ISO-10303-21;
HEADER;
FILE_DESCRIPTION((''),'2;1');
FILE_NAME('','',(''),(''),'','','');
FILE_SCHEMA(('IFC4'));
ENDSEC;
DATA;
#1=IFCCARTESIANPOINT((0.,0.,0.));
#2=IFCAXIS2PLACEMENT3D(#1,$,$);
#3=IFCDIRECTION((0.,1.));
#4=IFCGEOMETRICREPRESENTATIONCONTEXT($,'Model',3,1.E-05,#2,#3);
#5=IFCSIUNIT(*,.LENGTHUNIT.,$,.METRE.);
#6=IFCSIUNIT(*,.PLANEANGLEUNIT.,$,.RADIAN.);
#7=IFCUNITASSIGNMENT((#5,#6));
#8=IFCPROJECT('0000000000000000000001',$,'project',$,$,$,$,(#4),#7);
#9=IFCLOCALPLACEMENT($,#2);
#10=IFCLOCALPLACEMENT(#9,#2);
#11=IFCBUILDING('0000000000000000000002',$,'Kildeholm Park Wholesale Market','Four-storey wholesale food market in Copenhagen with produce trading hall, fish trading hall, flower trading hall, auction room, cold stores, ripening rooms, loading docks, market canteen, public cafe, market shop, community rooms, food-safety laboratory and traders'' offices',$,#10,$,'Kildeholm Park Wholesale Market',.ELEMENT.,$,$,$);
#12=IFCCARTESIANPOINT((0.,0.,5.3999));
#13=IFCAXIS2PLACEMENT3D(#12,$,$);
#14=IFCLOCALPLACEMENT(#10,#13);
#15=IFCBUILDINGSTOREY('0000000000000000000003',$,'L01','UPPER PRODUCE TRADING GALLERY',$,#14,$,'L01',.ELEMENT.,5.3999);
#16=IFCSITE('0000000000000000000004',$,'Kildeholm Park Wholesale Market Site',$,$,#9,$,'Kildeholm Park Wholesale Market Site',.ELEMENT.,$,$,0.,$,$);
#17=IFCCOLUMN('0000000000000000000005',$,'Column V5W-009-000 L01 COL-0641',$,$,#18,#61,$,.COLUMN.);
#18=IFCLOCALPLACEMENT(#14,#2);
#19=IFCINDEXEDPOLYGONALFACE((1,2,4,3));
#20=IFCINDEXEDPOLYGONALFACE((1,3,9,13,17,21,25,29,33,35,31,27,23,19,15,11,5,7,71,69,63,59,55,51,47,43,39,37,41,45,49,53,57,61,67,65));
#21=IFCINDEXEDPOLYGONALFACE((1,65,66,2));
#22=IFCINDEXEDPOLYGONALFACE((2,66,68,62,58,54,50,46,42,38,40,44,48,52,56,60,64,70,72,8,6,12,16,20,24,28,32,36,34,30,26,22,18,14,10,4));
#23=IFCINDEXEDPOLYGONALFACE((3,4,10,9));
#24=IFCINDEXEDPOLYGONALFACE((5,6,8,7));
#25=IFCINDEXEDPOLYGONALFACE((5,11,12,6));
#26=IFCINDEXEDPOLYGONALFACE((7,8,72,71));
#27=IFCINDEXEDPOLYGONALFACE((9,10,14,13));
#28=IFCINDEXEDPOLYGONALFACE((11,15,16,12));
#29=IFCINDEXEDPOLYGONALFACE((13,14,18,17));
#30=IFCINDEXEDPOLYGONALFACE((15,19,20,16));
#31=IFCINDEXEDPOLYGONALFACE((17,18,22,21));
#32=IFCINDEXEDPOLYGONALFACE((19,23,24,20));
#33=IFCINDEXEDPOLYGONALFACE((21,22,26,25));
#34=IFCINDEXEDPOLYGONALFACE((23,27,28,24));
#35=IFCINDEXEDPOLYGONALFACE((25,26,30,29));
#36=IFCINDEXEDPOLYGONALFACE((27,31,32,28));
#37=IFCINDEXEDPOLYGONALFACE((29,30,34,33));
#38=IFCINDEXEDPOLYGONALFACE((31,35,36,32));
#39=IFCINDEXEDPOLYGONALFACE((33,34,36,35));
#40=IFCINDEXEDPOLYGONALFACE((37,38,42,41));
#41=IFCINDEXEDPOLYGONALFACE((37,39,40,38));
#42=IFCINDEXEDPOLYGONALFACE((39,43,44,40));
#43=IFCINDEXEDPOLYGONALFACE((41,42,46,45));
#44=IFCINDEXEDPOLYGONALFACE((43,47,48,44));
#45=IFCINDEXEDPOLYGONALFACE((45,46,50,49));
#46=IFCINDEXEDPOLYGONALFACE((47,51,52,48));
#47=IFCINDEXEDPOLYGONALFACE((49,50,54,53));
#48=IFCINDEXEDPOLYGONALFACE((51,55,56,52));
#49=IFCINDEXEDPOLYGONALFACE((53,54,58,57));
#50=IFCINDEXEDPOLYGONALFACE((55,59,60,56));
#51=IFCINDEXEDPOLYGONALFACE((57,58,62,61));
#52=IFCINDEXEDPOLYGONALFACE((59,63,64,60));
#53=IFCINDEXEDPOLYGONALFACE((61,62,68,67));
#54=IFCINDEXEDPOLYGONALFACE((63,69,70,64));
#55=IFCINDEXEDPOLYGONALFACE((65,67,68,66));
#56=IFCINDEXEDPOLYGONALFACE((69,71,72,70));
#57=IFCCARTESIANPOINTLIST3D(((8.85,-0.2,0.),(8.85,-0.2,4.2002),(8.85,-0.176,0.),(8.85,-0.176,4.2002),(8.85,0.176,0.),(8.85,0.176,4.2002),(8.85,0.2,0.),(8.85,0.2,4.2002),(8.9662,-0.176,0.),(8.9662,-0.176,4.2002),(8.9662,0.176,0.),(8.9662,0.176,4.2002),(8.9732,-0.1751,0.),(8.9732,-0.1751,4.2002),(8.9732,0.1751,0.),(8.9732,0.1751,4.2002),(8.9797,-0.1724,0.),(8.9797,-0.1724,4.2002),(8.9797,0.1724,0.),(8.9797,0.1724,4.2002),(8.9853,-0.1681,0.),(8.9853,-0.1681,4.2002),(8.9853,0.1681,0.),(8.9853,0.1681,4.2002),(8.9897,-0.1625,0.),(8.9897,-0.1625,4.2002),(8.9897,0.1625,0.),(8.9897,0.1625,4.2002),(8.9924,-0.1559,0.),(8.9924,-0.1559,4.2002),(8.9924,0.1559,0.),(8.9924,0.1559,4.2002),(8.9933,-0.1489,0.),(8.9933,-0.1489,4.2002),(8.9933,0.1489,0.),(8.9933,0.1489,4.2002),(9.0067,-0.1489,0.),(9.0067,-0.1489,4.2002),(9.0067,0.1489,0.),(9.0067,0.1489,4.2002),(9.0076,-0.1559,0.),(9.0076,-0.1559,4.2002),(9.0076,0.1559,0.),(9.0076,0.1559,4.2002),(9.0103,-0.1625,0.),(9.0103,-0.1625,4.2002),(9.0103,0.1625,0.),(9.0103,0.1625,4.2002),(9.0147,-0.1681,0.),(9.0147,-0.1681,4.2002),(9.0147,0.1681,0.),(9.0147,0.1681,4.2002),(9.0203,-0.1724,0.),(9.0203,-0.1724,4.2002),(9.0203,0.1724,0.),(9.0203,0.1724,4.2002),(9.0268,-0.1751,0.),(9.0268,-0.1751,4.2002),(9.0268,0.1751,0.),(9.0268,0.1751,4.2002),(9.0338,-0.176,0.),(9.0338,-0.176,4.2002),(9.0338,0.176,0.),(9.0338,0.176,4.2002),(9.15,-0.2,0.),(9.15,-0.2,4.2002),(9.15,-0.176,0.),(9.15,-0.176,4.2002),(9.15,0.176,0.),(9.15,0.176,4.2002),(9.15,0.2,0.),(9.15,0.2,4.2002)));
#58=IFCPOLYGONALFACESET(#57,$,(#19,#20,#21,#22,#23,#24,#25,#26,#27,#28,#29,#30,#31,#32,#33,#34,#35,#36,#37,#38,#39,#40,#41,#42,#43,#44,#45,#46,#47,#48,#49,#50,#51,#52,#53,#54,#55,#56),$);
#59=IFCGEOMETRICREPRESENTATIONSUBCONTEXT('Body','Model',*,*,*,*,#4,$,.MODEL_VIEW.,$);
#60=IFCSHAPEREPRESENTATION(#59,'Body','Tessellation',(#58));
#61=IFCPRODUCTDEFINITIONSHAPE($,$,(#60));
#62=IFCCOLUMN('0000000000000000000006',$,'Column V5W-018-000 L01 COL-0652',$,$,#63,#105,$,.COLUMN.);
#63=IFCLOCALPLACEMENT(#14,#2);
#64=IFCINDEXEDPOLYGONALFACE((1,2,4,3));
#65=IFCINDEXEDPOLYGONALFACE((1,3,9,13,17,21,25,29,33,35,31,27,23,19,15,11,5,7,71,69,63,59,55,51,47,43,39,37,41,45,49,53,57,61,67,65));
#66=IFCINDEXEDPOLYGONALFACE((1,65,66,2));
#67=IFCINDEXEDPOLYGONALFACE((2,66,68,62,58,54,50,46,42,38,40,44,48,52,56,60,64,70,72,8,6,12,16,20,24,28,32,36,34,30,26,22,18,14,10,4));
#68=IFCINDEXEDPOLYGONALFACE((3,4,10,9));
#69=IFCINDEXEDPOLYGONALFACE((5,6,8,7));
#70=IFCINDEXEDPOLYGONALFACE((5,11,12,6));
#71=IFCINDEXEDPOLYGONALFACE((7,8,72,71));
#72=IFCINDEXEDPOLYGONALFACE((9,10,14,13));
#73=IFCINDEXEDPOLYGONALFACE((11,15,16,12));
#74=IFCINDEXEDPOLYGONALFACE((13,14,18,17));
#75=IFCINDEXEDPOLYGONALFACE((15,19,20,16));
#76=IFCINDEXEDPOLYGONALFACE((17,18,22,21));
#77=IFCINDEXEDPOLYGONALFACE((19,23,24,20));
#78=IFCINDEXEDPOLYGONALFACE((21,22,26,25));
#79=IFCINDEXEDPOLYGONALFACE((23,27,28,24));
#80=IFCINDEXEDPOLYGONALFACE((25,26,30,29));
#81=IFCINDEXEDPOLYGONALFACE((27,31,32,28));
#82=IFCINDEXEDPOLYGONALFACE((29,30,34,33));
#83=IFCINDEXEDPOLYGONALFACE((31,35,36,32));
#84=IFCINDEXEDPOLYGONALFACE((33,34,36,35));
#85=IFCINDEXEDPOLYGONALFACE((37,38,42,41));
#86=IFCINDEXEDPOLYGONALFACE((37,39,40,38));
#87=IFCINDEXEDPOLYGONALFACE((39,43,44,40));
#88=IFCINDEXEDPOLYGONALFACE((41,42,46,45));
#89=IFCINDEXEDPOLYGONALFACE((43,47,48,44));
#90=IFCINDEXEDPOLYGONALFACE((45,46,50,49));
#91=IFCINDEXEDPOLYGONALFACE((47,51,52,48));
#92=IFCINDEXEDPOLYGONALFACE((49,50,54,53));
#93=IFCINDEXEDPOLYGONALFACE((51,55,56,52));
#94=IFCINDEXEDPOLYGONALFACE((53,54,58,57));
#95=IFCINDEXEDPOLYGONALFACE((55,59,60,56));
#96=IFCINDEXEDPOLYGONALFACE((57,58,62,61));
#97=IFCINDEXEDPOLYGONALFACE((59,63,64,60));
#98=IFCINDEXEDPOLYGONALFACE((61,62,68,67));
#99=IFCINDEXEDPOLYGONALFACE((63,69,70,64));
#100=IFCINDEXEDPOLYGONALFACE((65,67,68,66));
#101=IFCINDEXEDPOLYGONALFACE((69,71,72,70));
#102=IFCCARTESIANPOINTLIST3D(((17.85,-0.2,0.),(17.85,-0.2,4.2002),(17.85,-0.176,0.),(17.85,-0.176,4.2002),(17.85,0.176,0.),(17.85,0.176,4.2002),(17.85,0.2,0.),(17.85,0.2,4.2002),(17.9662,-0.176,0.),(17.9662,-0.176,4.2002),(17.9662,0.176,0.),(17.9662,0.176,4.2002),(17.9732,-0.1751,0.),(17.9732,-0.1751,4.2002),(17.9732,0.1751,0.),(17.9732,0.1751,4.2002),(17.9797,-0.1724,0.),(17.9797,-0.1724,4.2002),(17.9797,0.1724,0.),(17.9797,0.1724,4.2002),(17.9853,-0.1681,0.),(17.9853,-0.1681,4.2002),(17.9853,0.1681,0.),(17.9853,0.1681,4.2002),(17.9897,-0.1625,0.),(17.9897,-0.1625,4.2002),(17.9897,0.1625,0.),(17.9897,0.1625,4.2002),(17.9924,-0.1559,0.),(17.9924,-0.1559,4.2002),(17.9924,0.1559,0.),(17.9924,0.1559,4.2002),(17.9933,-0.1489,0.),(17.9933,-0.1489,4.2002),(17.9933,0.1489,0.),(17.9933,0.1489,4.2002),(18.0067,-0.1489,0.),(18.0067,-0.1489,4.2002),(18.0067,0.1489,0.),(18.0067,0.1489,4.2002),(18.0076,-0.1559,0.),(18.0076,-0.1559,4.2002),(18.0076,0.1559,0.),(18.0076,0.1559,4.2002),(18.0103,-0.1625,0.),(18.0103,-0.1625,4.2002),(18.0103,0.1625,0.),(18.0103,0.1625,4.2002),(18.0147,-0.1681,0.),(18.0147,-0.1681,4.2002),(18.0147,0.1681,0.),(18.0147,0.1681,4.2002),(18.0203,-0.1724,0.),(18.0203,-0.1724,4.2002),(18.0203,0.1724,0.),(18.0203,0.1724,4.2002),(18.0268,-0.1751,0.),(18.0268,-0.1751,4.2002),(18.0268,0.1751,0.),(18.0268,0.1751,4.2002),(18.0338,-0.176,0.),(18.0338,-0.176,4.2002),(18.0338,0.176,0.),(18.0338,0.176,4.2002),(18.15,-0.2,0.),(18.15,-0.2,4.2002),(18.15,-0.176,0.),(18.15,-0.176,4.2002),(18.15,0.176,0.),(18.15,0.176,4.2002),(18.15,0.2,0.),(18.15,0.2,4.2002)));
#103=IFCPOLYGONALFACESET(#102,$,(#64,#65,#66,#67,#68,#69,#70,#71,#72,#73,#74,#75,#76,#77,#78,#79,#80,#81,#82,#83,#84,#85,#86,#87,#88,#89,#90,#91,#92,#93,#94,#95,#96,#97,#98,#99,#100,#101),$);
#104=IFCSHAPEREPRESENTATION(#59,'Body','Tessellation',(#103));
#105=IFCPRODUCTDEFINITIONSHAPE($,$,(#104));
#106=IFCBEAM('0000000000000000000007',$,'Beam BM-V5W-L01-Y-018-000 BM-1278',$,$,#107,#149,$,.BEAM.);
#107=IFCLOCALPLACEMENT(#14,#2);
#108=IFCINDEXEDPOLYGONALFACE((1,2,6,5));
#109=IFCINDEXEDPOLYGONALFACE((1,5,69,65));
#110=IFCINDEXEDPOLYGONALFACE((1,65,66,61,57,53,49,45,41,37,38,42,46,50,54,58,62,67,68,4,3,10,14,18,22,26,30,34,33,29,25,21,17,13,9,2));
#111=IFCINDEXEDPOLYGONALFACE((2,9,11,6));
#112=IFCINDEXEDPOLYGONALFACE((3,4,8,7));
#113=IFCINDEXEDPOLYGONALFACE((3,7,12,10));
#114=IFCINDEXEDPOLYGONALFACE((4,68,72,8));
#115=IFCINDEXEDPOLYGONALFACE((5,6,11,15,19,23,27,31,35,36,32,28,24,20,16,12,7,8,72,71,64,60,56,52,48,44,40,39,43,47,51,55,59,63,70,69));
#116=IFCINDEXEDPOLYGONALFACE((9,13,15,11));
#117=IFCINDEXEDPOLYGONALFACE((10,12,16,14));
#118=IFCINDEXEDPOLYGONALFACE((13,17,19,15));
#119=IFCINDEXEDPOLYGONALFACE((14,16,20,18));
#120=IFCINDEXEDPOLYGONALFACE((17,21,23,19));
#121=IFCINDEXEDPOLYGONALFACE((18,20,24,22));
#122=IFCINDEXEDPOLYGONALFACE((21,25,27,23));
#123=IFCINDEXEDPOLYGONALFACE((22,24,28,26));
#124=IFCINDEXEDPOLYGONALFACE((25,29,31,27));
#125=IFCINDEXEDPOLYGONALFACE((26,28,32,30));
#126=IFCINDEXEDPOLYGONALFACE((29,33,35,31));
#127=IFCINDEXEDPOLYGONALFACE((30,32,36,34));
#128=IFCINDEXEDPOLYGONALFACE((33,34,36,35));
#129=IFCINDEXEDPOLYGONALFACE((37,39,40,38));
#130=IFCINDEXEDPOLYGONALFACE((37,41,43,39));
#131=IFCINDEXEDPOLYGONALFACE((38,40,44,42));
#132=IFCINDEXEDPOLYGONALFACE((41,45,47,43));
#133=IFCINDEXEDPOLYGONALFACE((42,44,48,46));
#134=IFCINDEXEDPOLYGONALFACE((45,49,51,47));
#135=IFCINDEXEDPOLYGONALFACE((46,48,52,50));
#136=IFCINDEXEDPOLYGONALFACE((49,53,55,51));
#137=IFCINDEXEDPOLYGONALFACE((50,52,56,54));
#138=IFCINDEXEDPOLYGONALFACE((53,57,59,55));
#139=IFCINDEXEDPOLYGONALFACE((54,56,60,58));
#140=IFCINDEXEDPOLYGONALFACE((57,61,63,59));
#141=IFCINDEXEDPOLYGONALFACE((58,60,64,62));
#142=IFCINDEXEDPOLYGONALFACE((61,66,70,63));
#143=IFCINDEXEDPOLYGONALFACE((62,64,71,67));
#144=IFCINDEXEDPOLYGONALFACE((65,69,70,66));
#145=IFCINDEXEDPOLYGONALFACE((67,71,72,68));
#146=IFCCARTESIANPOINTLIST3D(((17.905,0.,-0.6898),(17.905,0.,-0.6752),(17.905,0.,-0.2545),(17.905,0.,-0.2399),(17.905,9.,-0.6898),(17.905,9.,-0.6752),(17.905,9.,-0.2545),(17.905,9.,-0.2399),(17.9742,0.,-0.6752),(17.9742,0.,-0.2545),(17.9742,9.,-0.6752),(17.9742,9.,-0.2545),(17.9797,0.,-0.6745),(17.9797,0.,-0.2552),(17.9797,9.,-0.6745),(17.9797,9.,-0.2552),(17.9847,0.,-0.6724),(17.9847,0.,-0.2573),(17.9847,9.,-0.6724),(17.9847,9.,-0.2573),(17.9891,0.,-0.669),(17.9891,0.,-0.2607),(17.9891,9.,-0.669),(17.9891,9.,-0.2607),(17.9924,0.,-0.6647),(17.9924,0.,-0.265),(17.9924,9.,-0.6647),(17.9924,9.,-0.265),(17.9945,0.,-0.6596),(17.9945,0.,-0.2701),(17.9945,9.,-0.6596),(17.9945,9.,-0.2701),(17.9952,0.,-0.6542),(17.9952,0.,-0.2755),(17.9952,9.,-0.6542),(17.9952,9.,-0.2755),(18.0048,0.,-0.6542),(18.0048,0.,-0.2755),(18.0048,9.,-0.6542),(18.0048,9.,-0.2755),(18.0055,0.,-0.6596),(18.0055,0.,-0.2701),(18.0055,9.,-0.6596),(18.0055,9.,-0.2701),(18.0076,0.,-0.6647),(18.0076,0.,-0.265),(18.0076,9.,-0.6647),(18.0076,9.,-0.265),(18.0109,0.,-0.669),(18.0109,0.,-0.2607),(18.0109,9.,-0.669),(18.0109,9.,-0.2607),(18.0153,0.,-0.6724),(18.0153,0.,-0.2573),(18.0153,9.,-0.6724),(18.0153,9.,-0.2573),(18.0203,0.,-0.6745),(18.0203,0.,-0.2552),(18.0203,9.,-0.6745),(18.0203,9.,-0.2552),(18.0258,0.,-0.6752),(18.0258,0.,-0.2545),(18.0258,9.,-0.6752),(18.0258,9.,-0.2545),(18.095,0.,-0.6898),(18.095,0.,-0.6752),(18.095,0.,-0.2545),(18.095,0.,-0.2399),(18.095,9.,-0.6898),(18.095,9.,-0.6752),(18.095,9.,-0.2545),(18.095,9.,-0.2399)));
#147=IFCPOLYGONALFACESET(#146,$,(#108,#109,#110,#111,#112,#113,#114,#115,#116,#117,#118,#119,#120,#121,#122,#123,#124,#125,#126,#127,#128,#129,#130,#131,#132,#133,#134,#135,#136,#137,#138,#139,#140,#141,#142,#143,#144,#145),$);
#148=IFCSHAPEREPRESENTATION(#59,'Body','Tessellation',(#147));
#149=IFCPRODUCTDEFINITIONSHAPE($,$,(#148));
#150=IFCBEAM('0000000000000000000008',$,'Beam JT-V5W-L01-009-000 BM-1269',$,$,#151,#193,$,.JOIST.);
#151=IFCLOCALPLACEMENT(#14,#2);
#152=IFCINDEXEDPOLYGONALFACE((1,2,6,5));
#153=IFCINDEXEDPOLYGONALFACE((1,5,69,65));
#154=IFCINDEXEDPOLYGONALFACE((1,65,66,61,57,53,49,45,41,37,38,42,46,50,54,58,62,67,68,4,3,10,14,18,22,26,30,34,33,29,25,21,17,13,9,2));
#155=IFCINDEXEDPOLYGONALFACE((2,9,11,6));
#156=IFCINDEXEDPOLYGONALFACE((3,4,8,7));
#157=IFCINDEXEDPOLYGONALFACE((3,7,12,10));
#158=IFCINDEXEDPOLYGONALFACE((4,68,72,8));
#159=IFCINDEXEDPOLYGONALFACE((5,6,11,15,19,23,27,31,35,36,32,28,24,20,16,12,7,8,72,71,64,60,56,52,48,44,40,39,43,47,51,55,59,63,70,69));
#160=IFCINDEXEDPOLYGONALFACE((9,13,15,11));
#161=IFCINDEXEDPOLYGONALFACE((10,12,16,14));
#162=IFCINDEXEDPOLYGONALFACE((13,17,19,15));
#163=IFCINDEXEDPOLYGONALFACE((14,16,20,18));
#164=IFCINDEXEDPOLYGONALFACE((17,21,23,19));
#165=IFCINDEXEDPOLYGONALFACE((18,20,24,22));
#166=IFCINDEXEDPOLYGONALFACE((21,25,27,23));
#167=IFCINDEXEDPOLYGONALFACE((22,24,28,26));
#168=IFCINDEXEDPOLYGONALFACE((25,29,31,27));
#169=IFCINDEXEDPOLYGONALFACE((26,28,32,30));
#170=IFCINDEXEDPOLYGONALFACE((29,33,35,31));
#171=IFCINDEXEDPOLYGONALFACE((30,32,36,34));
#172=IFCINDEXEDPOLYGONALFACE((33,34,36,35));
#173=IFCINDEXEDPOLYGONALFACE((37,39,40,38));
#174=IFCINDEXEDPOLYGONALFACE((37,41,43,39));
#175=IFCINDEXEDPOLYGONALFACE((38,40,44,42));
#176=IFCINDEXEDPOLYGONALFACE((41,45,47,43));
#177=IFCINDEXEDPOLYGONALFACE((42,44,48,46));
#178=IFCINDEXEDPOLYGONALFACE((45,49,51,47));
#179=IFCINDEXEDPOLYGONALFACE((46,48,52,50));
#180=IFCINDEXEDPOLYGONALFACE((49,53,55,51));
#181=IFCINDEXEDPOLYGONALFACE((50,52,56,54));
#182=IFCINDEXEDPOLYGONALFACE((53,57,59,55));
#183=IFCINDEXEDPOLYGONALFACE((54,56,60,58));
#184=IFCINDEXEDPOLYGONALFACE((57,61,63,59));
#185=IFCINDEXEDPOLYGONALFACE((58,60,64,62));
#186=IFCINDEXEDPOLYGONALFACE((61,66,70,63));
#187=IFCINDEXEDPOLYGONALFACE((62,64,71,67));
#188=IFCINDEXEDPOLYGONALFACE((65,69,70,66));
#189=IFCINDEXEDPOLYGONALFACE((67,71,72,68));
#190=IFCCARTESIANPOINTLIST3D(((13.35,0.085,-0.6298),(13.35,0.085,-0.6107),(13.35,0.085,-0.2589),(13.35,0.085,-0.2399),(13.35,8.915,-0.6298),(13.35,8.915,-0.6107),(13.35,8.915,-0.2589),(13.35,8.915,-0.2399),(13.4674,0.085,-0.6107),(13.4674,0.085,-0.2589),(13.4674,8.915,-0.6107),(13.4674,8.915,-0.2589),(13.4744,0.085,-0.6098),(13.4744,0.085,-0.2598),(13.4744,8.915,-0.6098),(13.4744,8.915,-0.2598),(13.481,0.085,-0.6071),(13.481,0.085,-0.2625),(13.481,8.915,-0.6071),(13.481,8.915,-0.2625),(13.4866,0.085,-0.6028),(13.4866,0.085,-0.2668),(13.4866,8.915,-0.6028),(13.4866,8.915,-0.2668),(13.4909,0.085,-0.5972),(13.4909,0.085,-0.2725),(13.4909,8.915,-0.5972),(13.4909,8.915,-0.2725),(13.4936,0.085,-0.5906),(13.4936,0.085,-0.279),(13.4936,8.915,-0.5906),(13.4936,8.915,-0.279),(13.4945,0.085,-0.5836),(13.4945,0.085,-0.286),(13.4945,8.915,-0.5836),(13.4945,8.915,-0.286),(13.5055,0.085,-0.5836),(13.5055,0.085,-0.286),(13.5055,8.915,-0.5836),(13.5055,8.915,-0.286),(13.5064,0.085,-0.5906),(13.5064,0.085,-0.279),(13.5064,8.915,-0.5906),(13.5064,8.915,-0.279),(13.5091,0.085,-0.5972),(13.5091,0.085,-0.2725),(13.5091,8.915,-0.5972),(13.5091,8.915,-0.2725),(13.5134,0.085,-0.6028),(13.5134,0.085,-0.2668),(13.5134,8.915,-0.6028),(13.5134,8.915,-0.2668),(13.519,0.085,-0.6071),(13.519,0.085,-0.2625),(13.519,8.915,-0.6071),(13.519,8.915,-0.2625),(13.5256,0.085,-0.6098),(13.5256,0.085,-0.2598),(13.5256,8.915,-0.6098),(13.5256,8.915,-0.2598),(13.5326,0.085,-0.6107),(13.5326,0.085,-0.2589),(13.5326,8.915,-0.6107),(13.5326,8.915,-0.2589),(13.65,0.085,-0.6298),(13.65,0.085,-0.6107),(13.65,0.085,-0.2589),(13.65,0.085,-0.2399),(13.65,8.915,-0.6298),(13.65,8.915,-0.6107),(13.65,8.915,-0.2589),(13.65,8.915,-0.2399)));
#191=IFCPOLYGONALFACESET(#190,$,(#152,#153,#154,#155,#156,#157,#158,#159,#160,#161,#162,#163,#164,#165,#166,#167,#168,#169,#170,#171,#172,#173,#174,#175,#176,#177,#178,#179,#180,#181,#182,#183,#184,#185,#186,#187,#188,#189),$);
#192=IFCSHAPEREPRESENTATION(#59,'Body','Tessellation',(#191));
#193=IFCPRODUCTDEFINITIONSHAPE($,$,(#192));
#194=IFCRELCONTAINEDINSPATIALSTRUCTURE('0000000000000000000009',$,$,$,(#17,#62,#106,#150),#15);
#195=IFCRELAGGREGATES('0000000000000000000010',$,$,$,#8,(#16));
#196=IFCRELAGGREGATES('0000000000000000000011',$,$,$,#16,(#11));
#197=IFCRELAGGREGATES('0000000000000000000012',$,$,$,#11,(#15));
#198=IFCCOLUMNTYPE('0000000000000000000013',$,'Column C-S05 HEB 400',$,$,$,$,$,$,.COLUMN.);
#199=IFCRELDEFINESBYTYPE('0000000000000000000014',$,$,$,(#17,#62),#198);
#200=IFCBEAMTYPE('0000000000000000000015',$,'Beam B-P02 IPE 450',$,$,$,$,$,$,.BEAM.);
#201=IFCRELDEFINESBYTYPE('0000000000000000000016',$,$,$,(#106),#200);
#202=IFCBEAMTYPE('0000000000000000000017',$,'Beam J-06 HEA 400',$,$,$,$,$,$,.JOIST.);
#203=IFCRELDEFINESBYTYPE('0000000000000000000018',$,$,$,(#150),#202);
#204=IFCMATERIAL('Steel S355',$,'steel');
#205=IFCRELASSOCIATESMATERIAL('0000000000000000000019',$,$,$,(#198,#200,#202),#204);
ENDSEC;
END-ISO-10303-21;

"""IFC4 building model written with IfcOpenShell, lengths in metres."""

from ifc_helpers import new_model, si_unit, direction, frame, origin, origin_2d, place, context, subcontext, project, spatial, i_section, extrude, material, material_profile, profile_set, type_object, element, save


model = new_model("IFC4")

# Units and contexts
model_context = context("Model", 3, precision=1e-05, world=origin(), true_north=direction((0.0, 1.0)))
body_context = subcontext(model_context, "Body", "Model", "MODEL_VIEW")
ifc_project = project(units=[si_unit("LENGTHUNIT", "METRE"), si_unit("PLANEANGLEUNIT", "RADIAN")], contexts=[model_context])

# Site, building, storey
site_placement = place(None, origin())
site = spatial("IfcSite", under=ifc_project, at=site_placement, Name="Kildeholm Park Wholesale Market Site", LongName="Kildeholm Park Wholesale Market Site", CompositionType="ELEMENT", RefElevation=0.0)
building_placement = place(site_placement, origin())
building = spatial("IfcBuilding", under=site, at=building_placement, Name="Kildeholm Park Wholesale Market", Description="Four-storey wholesale food market in Copenhagen with produce trading hall, fish trading hall, flower trading hall, auction room, cold stores, ripening rooms, loading docks, market canteen, public cafe, market shop, community rooms, food-safety laboratory and traders' offices", LongName="Kildeholm Park Wholesale Market", CompositionType="ELEMENT")
storey_placement = place(building_placement, frame((0.0, 0.0, 5.3999)))
storey = spatial("IfcBuildingStorey", under=building, at=storey_placement, Name="L01", Description="UPPER PRODUCE TRADING GALLERY", LongName="L01", CompositionType="ELEMENT", Elevation=5.3999)

# Columns
ifc_material_1 = material(Name="Steel S355", Category="steel")
ifc_material_profile_1 = material_profile(ifc_material_1, i_section(OverallWidth=0.3, OverallDepth=0.3999, WebThickness=0.0134, FlangeThickness=0.0239, FilletRadius=0.0271, at=origin_2d()), Name="HEB 400")
ifc_profile_set_1 = profile_set([ifc_material_profile_1], Name="Steel S355")
column_type = type_object("IfcColumnType", Name="Column C-S05 HEB 400", PredefinedType="COLUMN", material=ifc_profile_set_1)
for number, where, z_axis, x_axis, name in (
    (1, (9.0, 0.0, 0.0), (0.0, 0.0, 1.0), (1.0, 0.0, 0.0), "Column V5W-009-000 L01 COL-0641"),
    (2, (18.0, 0.0, 0.0), (0.0, 0.0, 1.0), (1.0, 0.0, 0.0), "Column V5W-018-000 L01 COL-0652"),
):
    element("IfcColumn", number, at=place(storey_placement, frame(where, z_axis=z_axis, x_axis=x_axis)), inside=storey, type_object=column_type, Name=name, PredefinedType="COLUMN", context=body_context, shape_type="SweptSolid", body=[
        extrude(i_section(OverallWidth=0.3, OverallDepth=0.3999, WebThickness=0.0134, FlangeThickness=0.0239, FilletRadius=0.0271, at=origin_2d()), origin(), (0.0, 0.0, 1.0), 4.2002),
    ])

# Beams
ifc_material_profile_2 = material_profile(ifc_material_1, i_section(OverallWidth=0.1899, OverallDepth=0.45, WebThickness=0.0095, FlangeThickness=0.0146, FilletRadius=0.021, at=origin_2d()), Name="IPE 450")
ifc_profile_set_2 = profile_set([ifc_material_profile_2], Name="Steel S355")
beam_type_1 = type_object("IfcBeamType", Name="Beam B-P02 IPE 450", PredefinedType="BEAM", material=ifc_profile_set_2)
beam_1_placement = place(storey_placement, frame((18.0, 0.0, -0.4648), z_axis=(0.0, 1.0, 0.0), x_axis=(-1.0, 0.0, 0.0)))
element("IfcBeam", 3, at=beam_1_placement, inside=storey, type_object=beam_type_1, Name="Beam BM-V5W-L01-Y-018-000 BM-1278", PredefinedType="BEAM", context=body_context, shape_type="SweptSolid", body=[
    extrude(i_section(OverallWidth=0.1899, OverallDepth=0.45, WebThickness=0.0095, FlangeThickness=0.0146, FilletRadius=0.021, at=origin_2d()), origin(), (0.0, 0.0, 1.0), 9.0),
])
ifc_material_profile_3 = material_profile(ifc_material_1, i_section(OverallWidth=0.3, OverallDepth=0.3899, WebThickness=0.011, FlangeThickness=0.019, FilletRadius=0.0271, at=origin_2d()), Name="HEA 400")
ifc_profile_set_3 = profile_set([ifc_material_profile_3], Name="Steel S355")
beam_type_2 = type_object("IfcBeamType", Name="Beam J-06 HEA 400", PredefinedType="JOIST", material=ifc_profile_set_3)
beam_2_placement = place(storey_placement, frame((13.5, 0.085, -0.4348), z_axis=(0.0, 1.0, 0.0), x_axis=(-1.0, 0.0, 0.0)))
element("IfcBeam", 4, at=beam_2_placement, inside=storey, type_object=beam_type_2, Name="Beam JT-V5W-L01-009-000 BM-1269", PredefinedType="JOIST", context=body_context, shape_type="SweptSolid", body=[
    extrude(i_section(OverallWidth=0.3, OverallDepth=0.3899, WebThickness=0.011, FlangeThickness=0.019, FilletRadius=0.0271, at=origin_2d()), origin(), (0.0, 0.0, 1.0), 8.8301),
])

save(model, "model.ifc")
